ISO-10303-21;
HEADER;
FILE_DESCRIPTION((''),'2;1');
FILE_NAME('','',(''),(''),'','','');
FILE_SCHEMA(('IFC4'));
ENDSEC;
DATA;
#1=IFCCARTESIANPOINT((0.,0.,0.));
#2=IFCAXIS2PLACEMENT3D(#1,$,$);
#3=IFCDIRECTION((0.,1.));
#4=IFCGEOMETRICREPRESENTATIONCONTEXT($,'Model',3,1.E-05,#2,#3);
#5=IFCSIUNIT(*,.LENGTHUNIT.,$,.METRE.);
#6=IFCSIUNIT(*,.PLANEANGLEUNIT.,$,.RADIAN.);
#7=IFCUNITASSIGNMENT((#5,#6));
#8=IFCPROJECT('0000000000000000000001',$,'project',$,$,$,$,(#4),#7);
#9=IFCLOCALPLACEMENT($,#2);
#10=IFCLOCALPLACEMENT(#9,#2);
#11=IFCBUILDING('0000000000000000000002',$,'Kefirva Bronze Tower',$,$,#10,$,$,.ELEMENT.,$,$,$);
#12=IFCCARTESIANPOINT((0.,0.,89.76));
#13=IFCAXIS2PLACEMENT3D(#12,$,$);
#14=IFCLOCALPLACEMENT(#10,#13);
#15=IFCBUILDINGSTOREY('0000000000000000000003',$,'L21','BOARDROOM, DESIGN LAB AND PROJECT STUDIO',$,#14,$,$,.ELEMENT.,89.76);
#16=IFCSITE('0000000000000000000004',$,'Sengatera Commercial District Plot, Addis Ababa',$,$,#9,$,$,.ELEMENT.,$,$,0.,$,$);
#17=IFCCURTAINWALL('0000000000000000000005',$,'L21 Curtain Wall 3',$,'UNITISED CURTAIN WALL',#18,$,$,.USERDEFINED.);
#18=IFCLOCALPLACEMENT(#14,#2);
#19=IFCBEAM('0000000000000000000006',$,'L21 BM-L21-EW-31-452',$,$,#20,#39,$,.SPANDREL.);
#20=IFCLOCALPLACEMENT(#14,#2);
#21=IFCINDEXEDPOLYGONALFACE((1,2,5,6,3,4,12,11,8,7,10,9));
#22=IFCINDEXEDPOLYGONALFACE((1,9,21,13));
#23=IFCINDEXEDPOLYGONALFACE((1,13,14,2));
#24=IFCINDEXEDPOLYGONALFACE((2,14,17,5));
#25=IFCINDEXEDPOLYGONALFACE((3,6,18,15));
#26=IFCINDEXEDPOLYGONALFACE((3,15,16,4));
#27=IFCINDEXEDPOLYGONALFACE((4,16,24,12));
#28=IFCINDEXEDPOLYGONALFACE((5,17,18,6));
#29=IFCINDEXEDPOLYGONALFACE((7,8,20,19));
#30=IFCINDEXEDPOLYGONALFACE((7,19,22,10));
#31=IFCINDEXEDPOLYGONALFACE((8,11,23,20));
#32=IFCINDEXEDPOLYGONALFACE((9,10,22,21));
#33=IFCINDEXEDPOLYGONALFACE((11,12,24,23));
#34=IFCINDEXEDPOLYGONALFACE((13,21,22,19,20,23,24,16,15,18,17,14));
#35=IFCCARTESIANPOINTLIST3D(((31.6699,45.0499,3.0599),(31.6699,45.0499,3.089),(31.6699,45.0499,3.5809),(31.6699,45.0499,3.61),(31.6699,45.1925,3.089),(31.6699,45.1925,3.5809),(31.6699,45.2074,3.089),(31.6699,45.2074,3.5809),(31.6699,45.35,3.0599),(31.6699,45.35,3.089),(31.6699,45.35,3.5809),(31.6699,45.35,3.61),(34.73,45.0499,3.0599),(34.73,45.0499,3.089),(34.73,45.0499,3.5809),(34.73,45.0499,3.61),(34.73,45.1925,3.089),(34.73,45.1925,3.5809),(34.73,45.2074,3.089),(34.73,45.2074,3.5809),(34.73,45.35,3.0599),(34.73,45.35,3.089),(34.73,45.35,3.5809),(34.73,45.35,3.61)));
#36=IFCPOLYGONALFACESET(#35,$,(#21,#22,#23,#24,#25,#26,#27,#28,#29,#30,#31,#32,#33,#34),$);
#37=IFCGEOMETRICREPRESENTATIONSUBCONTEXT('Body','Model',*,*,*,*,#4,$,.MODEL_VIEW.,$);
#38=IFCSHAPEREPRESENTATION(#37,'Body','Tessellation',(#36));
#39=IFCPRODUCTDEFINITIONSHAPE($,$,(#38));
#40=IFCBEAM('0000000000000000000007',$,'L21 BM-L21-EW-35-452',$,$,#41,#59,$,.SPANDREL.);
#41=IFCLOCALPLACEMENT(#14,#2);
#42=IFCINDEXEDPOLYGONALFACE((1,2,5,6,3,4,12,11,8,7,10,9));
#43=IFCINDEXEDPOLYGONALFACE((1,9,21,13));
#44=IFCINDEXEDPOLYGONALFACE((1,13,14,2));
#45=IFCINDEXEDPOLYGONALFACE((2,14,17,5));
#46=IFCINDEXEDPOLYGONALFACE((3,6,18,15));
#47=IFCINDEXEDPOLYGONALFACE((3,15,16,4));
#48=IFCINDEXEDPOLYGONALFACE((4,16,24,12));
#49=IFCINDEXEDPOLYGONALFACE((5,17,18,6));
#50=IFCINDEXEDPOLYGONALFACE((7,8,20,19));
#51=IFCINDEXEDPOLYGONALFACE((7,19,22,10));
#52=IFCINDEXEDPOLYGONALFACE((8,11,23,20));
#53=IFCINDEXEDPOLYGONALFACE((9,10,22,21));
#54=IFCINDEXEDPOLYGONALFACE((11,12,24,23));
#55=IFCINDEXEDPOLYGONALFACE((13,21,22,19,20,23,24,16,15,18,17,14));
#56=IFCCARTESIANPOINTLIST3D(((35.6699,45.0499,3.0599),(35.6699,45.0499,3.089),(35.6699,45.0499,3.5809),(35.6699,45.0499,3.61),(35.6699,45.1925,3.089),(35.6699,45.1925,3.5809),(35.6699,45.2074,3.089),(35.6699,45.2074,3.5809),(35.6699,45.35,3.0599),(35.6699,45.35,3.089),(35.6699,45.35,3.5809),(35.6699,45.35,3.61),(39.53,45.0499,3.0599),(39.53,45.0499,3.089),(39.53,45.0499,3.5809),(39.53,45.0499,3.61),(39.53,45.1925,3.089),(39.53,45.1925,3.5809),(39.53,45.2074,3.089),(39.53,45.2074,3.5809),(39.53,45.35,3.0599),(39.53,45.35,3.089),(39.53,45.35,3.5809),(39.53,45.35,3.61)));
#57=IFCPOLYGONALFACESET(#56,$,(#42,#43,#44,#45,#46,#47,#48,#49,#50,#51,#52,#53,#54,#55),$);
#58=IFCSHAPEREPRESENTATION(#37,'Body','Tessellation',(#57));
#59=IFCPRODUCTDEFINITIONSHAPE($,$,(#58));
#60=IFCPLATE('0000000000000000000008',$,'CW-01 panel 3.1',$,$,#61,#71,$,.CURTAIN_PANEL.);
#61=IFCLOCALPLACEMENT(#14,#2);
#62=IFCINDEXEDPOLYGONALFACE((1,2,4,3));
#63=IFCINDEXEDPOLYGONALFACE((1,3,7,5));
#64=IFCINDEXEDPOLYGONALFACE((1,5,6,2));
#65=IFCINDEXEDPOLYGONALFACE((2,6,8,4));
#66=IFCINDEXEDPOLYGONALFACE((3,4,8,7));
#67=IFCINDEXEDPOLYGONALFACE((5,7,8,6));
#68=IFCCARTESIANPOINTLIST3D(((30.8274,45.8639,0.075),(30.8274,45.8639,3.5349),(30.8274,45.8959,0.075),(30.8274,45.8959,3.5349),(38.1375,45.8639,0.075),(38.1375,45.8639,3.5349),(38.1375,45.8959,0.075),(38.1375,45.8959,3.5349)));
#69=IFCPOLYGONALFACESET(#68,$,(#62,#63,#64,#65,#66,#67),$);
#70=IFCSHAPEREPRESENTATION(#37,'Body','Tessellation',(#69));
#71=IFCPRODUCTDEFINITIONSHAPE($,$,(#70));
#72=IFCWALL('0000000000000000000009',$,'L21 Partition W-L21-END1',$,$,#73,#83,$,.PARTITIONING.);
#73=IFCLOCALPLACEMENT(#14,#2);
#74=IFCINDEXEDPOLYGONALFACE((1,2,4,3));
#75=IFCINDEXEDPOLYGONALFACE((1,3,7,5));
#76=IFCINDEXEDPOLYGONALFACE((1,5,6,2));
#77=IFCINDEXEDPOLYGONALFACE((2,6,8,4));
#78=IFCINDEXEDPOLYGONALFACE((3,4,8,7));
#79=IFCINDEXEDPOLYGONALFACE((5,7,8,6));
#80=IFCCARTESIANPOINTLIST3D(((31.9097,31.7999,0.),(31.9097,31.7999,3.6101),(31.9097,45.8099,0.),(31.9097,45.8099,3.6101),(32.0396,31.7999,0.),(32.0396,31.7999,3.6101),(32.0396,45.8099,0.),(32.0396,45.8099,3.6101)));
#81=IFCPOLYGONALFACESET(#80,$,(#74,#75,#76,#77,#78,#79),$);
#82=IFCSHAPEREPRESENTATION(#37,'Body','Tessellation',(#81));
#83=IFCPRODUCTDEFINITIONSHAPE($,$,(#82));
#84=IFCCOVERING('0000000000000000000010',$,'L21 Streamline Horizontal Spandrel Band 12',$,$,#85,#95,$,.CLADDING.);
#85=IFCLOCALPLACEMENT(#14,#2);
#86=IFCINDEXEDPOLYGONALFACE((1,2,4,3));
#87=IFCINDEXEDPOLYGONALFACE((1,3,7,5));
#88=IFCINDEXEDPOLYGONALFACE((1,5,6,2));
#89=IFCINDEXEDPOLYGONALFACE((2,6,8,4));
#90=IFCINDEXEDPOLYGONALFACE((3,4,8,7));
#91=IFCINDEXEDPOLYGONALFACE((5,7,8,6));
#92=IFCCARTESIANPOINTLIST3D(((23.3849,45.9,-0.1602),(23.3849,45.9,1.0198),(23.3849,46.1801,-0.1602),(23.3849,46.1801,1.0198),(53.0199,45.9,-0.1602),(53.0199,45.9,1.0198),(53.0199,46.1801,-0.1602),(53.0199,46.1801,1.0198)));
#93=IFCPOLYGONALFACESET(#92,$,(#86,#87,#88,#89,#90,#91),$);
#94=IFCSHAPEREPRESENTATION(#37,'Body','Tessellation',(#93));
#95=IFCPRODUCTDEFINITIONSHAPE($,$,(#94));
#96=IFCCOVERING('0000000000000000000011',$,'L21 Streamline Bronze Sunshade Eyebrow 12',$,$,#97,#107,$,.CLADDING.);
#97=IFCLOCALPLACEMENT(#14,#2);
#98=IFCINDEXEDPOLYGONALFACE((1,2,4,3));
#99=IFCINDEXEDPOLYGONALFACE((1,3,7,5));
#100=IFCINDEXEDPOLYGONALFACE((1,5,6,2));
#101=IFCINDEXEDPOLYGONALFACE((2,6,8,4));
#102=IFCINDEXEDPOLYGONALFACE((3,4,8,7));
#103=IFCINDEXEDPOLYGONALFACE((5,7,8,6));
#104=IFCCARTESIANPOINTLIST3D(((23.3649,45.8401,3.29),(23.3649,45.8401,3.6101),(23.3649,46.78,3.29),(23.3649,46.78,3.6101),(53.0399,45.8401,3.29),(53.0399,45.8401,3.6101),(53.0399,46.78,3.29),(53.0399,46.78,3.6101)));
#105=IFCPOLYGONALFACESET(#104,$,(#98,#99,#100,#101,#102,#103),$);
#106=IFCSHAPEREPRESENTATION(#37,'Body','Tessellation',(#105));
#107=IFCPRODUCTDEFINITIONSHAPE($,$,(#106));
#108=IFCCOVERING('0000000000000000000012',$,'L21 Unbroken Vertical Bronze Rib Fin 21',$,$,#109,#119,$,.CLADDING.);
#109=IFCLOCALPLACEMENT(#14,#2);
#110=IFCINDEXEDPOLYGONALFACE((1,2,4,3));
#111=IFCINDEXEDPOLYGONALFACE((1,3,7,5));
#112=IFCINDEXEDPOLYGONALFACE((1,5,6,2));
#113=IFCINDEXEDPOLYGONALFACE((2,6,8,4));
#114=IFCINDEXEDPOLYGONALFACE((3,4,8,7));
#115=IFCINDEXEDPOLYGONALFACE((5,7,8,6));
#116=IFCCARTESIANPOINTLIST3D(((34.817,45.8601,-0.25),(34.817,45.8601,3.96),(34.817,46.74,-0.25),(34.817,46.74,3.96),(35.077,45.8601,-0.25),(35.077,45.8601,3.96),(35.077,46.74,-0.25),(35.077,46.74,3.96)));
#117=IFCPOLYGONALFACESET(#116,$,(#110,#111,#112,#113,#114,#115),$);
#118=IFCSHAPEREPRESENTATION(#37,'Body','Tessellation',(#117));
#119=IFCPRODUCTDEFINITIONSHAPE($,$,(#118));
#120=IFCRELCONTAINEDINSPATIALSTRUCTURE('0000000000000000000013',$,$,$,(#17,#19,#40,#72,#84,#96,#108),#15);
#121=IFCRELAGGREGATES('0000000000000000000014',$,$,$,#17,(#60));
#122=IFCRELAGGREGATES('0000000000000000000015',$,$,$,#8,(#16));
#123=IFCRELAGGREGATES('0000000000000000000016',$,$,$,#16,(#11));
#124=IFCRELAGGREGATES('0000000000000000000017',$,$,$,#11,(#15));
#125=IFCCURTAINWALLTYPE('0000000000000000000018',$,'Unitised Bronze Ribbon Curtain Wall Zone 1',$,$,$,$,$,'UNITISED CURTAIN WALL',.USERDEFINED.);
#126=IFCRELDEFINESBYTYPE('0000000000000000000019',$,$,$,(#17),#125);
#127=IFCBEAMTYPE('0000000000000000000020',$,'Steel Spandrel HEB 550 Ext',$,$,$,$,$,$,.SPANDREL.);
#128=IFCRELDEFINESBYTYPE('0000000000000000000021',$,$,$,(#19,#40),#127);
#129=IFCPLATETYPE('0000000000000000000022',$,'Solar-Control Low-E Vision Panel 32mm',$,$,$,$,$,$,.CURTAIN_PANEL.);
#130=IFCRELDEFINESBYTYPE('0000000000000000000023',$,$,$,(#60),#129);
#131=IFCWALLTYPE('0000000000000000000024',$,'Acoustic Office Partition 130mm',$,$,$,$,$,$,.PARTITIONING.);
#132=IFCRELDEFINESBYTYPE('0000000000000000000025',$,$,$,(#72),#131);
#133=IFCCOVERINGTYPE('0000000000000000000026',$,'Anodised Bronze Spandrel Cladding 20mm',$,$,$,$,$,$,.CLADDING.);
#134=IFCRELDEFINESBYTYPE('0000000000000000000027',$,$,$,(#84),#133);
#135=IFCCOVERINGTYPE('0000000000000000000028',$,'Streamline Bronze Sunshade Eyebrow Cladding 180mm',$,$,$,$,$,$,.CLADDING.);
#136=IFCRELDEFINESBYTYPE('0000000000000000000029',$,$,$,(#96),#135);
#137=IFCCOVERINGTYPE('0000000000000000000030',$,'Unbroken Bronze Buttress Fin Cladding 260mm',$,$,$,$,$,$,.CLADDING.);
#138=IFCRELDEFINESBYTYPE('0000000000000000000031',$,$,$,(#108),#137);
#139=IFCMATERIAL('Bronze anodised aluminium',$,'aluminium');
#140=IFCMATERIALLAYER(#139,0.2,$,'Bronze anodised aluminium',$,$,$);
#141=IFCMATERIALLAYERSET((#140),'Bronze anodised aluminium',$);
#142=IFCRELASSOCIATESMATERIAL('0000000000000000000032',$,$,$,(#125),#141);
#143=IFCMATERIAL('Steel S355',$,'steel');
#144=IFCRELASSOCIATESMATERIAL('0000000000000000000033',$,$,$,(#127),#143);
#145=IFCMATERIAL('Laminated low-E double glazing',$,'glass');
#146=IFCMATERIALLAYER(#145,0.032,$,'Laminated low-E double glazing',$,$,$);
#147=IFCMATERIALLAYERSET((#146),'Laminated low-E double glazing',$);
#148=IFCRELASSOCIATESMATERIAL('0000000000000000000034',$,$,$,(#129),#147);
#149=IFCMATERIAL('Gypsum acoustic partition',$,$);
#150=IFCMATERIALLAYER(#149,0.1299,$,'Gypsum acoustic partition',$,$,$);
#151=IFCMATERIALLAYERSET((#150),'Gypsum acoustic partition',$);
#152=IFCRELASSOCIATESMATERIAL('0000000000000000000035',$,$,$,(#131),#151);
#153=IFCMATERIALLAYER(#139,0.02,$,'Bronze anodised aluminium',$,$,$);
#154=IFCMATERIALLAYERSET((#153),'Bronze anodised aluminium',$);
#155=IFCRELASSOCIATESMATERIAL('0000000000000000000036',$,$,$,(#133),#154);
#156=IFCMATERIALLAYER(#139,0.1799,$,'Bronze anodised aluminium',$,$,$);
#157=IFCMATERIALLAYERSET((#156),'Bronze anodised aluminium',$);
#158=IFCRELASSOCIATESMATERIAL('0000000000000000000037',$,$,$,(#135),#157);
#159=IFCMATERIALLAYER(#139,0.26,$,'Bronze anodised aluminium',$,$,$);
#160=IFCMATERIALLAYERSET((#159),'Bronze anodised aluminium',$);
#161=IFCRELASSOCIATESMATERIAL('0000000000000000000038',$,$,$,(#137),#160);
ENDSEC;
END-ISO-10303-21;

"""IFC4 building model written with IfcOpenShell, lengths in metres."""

from ifc_helpers import new_model, si_unit, direction, frame, frame_2d, origin, origin_2d, place, context, subcontext, project, spatial, rectangle, i_section, extrude, material, layer, layer_set, material_profile, profile_set, type_object, element, aggregate, save


model = new_model("IFC4")

# Units and contexts
model_context = context("Model", 3, precision=1e-05, world=origin(), true_north=direction((0.0, 1.0)))
body_context = subcontext(model_context, "Body", "Model", "MODEL_VIEW")
ifc_project = project(units=[si_unit("LENGTHUNIT", "METRE"), si_unit("PLANEANGLEUNIT", "RADIAN")], contexts=[model_context])

# Site, building, storey
site_placement = place(None, origin())
site = spatial("IfcSite", under=ifc_project, at=site_placement, Name="Sengatera Commercial District Plot, Addis Ababa", CompositionType="ELEMENT", RefElevation=0.0)
building_placement = place(site_placement, origin())
building = spatial("IfcBuilding", under=site, at=building_placement, Name="Kefirva Bronze Tower", CompositionType="ELEMENT")
storey_placement = place(building_placement, frame((0.0, 0.0, 89.76)))
storey = spatial("IfcBuildingStorey", under=building, at=storey_placement, Name="L21", Description="BOARDROOM, DESIGN LAB AND PROJECT STUDIO", CompositionType="ELEMENT", Elevation=89.76)

# Curtain wall
ifc_material_1 = material(Name="Bronze anodised aluminium", Category="aluminium")
ifc_layer_1 = layer(ifc_material_1, 0.2, Name="Bronze anodised aluminium")
ifc_layer_set_1 = layer_set([ifc_layer_1], Name="Bronze anodised aluminium")
curtain_wall_type = type_object("IfcCurtainWallType", Name="Unitised Bronze Ribbon Curtain Wall Zone 1", ElementType="UNITISED CURTAIN WALL", PredefinedType="USERDEFINED", material=ifc_layer_set_1)
curtain_wall_placement = place(storey_placement, origin())
curtain_wall = element("IfcCurtainWall", 1, at=curtain_wall_placement, inside=storey, type_object=curtain_wall_type, Name="L21 Curtain Wall 3", ObjectType="UNITISED CURTAIN WALL", PredefinedType="USERDEFINED")

# Beams
ifc_material_2 = material(Name="Steel S355", Category="steel")
ifc_material_profile_1 = material_profile(ifc_material_2, i_section(OverallWidth=0.3, OverallDepth=0.55, WebThickness=0.0149, FlangeThickness=0.0291, at=origin_2d()), Name="HEB 550")
ifc_profile_set_1 = profile_set([ifc_material_profile_1], Name="Steel S355")
beam_type_1 = type_object("IfcBeamType", Name="Steel Spandrel HEB 550 Ext", PredefinedType="SPANDREL", material=ifc_profile_set_1)
beam_1_placement = place(storey_placement, frame((31.6699, 45.2, 3.335), z_axis=(1.0, 0.0, 0.0), x_axis=(0.0, 1.0, 0.0)))
element("IfcBeam", 2, at=beam_1_placement, inside=storey, type_object=beam_type_1, Name="L21 BM-L21-EW-31-452", PredefinedType="SPANDREL", context=body_context, shape_type="SweptSolid", body=[
    extrude(i_section(OverallWidth=0.3, OverallDepth=0.55, WebThickness=0.0149, FlangeThickness=0.0291, at=origin_2d()), origin(), (0.0, 0.0, 1.0), 3.0601),
])
beam_2_placement = place(storey_placement, frame((35.6699, 45.2, 3.335), z_axis=(1.0, 0.0, 0.0), x_axis=(0.0, 1.0, 0.0)))
element("IfcBeam", 3, at=beam_2_placement, inside=storey, type_object=beam_type_1, Name="L21 BM-L21-EW-35-452", PredefinedType="SPANDREL", context=body_context, shape_type="SweptSolid", body=[
    extrude(i_section(OverallWidth=0.3, OverallDepth=0.55, WebThickness=0.0149, FlangeThickness=0.0291, at=origin_2d()), origin(), (0.0, 0.0, 1.0), 3.8601),
])

# Plate
ifc_material_3 = material(Name="Laminated low-E double glazing", Category="glass")
ifc_layer_2 = layer(ifc_material_3, 0.032, Name="Laminated low-E double glazing")
ifc_layer_set_2 = layer_set([ifc_layer_2], Name="Laminated low-E double glazing")
plate_type = type_object("IfcPlateType", Name="Solar-Control Low-E Vision Panel 32mm", PredefinedType="CURTAIN_PANEL", material=ifc_layer_set_2)
plate_placement = place(storey_placement, frame((34.4824, 45.8799, 0.075), z_axis=(0.0, 0.0, 1.0), x_axis=(-1.0, 0.0, 0.0)))
plate = element("IfcPlate", 4, at=plate_placement, type_object=plate_type, Name="CW-01 panel 3.1", PredefinedType="CURTAIN_PANEL", context=body_context, shape_type="SweptSolid", body=[
    extrude(rectangle(XDim=7.3101, YDim=0.032, at=origin_2d()), origin(), (0.0, 0.0, 1.0), 3.46),
])
aggregate(curtain_wall, [plate])

# Wall
ifc_material_4 = material(Name="Gypsum acoustic partition")
ifc_layer_3 = layer(ifc_material_4, 0.1299, Name="Gypsum acoustic partition")
ifc_layer_set_3 = layer_set([ifc_layer_3], Name="Gypsum acoustic partition")
wall_type = type_object("IfcWallType", Name="Acoustic Office Partition 130mm", PredefinedType="PARTITIONING", material=ifc_layer_set_3)
wall_placement = place(storey_placement, frame((31.9746, 31.8, 0.0), z_axis=(0.0, 0.0, 1.0), x_axis=(0.0, 1.0, 0.0)))
element("IfcWall", 5, at=wall_placement, inside=storey, type_object=wall_type, Name="L21 Partition W-L21-END1", PredefinedType="PARTITIONING", context=body_context, shape_type="SweptSolid", body=[
    extrude(rectangle(XDim=14.01, YDim=0.1299, at=frame_2d((7.0049, 0.0))), origin(), (0.0, 0.0, 1.0), 3.6101),
])

# Coverings
ifc_layer_4 = layer(ifc_material_1, 0.02, Name="Bronze anodised aluminium")
ifc_layer_set_4 = layer_set([ifc_layer_4], Name="Bronze anodised aluminium")
covering_type_1 = type_object("IfcCoveringType", Name="Anodised Bronze Spandrel Cladding 20mm", PredefinedType="CLADDING", material=ifc_layer_set_4)
covering_1_placement = place(storey_placement, frame((38.2024, 46.04, -0.1602), z_axis=(0.0, 0.0, 1.0), x_axis=(-1.0, 0.0, 0.0)))
element("IfcCovering", 6, at=covering_1_placement, inside=storey, type_object=covering_type_1, Name="L21 Streamline Horizontal Spandrel Band 12", PredefinedType="CLADDING", context=body_context, shape_type="SweptSolid", body=[
    extrude(rectangle(XDim=29.635, YDim=0.28, at=origin_2d()), origin(), (0.0, 0.0, 1.0), 1.1799),
])
ifc_layer_5 = layer(ifc_material_1, 0.1799, Name="Bronze anodised aluminium")
ifc_layer_set_5 = layer_set([ifc_layer_5], Name="Bronze anodised aluminium")
covering_type_2 = type_object("IfcCoveringType", Name="Streamline Bronze Sunshade Eyebrow Cladding 180mm", PredefinedType="CLADDING", material=ifc_layer_set_5)
covering_2_placement = place(storey_placement, frame((38.2024, 46.3101, 3.29), z_axis=(0.0, 0.0, 1.0), x_axis=(-1.0, 0.0, 0.0)))
element("IfcCovering", 7, at=covering_2_placement, inside=storey, type_object=covering_type_2, Name="L21 Streamline Bronze Sunshade Eyebrow 12", PredefinedType="CLADDING", context=body_context, shape_type="SweptSolid", body=[
    extrude(rectangle(XDim=29.675, YDim=0.9399, at=origin_2d()), origin(), (0.0, 0.0, 1.0), 0.3201),
])
ifc_layer_6 = layer(ifc_material_1, 0.26, Name="Bronze anodised aluminium")
ifc_layer_set_6 = layer_set([ifc_layer_6], Name="Bronze anodised aluminium")
covering_type_3 = type_object("IfcCoveringType", Name="Unbroken Bronze Buttress Fin Cladding 260mm", PredefinedType="CLADDING", material=ifc_layer_set_6)
covering_3_placement = place(storey_placement, frame((34.947, 46.3, -0.25), z_axis=(0.0, 0.0, 1.0), x_axis=(-1.0, 0.0, 0.0)))
element("IfcCovering", 8, at=covering_3_placement, inside=storey, type_object=covering_type_3, Name="L21 Unbroken Vertical Bronze Rib Fin 21", PredefinedType="CLADDING", context=body_context, shape_type="SweptSolid", body=[
    extrude(rectangle(XDim=0.26, YDim=0.8799, at=origin_2d()), origin(), (0.0, 0.0, 1.0), 4.21),
])

save(model, "model.ifc")
